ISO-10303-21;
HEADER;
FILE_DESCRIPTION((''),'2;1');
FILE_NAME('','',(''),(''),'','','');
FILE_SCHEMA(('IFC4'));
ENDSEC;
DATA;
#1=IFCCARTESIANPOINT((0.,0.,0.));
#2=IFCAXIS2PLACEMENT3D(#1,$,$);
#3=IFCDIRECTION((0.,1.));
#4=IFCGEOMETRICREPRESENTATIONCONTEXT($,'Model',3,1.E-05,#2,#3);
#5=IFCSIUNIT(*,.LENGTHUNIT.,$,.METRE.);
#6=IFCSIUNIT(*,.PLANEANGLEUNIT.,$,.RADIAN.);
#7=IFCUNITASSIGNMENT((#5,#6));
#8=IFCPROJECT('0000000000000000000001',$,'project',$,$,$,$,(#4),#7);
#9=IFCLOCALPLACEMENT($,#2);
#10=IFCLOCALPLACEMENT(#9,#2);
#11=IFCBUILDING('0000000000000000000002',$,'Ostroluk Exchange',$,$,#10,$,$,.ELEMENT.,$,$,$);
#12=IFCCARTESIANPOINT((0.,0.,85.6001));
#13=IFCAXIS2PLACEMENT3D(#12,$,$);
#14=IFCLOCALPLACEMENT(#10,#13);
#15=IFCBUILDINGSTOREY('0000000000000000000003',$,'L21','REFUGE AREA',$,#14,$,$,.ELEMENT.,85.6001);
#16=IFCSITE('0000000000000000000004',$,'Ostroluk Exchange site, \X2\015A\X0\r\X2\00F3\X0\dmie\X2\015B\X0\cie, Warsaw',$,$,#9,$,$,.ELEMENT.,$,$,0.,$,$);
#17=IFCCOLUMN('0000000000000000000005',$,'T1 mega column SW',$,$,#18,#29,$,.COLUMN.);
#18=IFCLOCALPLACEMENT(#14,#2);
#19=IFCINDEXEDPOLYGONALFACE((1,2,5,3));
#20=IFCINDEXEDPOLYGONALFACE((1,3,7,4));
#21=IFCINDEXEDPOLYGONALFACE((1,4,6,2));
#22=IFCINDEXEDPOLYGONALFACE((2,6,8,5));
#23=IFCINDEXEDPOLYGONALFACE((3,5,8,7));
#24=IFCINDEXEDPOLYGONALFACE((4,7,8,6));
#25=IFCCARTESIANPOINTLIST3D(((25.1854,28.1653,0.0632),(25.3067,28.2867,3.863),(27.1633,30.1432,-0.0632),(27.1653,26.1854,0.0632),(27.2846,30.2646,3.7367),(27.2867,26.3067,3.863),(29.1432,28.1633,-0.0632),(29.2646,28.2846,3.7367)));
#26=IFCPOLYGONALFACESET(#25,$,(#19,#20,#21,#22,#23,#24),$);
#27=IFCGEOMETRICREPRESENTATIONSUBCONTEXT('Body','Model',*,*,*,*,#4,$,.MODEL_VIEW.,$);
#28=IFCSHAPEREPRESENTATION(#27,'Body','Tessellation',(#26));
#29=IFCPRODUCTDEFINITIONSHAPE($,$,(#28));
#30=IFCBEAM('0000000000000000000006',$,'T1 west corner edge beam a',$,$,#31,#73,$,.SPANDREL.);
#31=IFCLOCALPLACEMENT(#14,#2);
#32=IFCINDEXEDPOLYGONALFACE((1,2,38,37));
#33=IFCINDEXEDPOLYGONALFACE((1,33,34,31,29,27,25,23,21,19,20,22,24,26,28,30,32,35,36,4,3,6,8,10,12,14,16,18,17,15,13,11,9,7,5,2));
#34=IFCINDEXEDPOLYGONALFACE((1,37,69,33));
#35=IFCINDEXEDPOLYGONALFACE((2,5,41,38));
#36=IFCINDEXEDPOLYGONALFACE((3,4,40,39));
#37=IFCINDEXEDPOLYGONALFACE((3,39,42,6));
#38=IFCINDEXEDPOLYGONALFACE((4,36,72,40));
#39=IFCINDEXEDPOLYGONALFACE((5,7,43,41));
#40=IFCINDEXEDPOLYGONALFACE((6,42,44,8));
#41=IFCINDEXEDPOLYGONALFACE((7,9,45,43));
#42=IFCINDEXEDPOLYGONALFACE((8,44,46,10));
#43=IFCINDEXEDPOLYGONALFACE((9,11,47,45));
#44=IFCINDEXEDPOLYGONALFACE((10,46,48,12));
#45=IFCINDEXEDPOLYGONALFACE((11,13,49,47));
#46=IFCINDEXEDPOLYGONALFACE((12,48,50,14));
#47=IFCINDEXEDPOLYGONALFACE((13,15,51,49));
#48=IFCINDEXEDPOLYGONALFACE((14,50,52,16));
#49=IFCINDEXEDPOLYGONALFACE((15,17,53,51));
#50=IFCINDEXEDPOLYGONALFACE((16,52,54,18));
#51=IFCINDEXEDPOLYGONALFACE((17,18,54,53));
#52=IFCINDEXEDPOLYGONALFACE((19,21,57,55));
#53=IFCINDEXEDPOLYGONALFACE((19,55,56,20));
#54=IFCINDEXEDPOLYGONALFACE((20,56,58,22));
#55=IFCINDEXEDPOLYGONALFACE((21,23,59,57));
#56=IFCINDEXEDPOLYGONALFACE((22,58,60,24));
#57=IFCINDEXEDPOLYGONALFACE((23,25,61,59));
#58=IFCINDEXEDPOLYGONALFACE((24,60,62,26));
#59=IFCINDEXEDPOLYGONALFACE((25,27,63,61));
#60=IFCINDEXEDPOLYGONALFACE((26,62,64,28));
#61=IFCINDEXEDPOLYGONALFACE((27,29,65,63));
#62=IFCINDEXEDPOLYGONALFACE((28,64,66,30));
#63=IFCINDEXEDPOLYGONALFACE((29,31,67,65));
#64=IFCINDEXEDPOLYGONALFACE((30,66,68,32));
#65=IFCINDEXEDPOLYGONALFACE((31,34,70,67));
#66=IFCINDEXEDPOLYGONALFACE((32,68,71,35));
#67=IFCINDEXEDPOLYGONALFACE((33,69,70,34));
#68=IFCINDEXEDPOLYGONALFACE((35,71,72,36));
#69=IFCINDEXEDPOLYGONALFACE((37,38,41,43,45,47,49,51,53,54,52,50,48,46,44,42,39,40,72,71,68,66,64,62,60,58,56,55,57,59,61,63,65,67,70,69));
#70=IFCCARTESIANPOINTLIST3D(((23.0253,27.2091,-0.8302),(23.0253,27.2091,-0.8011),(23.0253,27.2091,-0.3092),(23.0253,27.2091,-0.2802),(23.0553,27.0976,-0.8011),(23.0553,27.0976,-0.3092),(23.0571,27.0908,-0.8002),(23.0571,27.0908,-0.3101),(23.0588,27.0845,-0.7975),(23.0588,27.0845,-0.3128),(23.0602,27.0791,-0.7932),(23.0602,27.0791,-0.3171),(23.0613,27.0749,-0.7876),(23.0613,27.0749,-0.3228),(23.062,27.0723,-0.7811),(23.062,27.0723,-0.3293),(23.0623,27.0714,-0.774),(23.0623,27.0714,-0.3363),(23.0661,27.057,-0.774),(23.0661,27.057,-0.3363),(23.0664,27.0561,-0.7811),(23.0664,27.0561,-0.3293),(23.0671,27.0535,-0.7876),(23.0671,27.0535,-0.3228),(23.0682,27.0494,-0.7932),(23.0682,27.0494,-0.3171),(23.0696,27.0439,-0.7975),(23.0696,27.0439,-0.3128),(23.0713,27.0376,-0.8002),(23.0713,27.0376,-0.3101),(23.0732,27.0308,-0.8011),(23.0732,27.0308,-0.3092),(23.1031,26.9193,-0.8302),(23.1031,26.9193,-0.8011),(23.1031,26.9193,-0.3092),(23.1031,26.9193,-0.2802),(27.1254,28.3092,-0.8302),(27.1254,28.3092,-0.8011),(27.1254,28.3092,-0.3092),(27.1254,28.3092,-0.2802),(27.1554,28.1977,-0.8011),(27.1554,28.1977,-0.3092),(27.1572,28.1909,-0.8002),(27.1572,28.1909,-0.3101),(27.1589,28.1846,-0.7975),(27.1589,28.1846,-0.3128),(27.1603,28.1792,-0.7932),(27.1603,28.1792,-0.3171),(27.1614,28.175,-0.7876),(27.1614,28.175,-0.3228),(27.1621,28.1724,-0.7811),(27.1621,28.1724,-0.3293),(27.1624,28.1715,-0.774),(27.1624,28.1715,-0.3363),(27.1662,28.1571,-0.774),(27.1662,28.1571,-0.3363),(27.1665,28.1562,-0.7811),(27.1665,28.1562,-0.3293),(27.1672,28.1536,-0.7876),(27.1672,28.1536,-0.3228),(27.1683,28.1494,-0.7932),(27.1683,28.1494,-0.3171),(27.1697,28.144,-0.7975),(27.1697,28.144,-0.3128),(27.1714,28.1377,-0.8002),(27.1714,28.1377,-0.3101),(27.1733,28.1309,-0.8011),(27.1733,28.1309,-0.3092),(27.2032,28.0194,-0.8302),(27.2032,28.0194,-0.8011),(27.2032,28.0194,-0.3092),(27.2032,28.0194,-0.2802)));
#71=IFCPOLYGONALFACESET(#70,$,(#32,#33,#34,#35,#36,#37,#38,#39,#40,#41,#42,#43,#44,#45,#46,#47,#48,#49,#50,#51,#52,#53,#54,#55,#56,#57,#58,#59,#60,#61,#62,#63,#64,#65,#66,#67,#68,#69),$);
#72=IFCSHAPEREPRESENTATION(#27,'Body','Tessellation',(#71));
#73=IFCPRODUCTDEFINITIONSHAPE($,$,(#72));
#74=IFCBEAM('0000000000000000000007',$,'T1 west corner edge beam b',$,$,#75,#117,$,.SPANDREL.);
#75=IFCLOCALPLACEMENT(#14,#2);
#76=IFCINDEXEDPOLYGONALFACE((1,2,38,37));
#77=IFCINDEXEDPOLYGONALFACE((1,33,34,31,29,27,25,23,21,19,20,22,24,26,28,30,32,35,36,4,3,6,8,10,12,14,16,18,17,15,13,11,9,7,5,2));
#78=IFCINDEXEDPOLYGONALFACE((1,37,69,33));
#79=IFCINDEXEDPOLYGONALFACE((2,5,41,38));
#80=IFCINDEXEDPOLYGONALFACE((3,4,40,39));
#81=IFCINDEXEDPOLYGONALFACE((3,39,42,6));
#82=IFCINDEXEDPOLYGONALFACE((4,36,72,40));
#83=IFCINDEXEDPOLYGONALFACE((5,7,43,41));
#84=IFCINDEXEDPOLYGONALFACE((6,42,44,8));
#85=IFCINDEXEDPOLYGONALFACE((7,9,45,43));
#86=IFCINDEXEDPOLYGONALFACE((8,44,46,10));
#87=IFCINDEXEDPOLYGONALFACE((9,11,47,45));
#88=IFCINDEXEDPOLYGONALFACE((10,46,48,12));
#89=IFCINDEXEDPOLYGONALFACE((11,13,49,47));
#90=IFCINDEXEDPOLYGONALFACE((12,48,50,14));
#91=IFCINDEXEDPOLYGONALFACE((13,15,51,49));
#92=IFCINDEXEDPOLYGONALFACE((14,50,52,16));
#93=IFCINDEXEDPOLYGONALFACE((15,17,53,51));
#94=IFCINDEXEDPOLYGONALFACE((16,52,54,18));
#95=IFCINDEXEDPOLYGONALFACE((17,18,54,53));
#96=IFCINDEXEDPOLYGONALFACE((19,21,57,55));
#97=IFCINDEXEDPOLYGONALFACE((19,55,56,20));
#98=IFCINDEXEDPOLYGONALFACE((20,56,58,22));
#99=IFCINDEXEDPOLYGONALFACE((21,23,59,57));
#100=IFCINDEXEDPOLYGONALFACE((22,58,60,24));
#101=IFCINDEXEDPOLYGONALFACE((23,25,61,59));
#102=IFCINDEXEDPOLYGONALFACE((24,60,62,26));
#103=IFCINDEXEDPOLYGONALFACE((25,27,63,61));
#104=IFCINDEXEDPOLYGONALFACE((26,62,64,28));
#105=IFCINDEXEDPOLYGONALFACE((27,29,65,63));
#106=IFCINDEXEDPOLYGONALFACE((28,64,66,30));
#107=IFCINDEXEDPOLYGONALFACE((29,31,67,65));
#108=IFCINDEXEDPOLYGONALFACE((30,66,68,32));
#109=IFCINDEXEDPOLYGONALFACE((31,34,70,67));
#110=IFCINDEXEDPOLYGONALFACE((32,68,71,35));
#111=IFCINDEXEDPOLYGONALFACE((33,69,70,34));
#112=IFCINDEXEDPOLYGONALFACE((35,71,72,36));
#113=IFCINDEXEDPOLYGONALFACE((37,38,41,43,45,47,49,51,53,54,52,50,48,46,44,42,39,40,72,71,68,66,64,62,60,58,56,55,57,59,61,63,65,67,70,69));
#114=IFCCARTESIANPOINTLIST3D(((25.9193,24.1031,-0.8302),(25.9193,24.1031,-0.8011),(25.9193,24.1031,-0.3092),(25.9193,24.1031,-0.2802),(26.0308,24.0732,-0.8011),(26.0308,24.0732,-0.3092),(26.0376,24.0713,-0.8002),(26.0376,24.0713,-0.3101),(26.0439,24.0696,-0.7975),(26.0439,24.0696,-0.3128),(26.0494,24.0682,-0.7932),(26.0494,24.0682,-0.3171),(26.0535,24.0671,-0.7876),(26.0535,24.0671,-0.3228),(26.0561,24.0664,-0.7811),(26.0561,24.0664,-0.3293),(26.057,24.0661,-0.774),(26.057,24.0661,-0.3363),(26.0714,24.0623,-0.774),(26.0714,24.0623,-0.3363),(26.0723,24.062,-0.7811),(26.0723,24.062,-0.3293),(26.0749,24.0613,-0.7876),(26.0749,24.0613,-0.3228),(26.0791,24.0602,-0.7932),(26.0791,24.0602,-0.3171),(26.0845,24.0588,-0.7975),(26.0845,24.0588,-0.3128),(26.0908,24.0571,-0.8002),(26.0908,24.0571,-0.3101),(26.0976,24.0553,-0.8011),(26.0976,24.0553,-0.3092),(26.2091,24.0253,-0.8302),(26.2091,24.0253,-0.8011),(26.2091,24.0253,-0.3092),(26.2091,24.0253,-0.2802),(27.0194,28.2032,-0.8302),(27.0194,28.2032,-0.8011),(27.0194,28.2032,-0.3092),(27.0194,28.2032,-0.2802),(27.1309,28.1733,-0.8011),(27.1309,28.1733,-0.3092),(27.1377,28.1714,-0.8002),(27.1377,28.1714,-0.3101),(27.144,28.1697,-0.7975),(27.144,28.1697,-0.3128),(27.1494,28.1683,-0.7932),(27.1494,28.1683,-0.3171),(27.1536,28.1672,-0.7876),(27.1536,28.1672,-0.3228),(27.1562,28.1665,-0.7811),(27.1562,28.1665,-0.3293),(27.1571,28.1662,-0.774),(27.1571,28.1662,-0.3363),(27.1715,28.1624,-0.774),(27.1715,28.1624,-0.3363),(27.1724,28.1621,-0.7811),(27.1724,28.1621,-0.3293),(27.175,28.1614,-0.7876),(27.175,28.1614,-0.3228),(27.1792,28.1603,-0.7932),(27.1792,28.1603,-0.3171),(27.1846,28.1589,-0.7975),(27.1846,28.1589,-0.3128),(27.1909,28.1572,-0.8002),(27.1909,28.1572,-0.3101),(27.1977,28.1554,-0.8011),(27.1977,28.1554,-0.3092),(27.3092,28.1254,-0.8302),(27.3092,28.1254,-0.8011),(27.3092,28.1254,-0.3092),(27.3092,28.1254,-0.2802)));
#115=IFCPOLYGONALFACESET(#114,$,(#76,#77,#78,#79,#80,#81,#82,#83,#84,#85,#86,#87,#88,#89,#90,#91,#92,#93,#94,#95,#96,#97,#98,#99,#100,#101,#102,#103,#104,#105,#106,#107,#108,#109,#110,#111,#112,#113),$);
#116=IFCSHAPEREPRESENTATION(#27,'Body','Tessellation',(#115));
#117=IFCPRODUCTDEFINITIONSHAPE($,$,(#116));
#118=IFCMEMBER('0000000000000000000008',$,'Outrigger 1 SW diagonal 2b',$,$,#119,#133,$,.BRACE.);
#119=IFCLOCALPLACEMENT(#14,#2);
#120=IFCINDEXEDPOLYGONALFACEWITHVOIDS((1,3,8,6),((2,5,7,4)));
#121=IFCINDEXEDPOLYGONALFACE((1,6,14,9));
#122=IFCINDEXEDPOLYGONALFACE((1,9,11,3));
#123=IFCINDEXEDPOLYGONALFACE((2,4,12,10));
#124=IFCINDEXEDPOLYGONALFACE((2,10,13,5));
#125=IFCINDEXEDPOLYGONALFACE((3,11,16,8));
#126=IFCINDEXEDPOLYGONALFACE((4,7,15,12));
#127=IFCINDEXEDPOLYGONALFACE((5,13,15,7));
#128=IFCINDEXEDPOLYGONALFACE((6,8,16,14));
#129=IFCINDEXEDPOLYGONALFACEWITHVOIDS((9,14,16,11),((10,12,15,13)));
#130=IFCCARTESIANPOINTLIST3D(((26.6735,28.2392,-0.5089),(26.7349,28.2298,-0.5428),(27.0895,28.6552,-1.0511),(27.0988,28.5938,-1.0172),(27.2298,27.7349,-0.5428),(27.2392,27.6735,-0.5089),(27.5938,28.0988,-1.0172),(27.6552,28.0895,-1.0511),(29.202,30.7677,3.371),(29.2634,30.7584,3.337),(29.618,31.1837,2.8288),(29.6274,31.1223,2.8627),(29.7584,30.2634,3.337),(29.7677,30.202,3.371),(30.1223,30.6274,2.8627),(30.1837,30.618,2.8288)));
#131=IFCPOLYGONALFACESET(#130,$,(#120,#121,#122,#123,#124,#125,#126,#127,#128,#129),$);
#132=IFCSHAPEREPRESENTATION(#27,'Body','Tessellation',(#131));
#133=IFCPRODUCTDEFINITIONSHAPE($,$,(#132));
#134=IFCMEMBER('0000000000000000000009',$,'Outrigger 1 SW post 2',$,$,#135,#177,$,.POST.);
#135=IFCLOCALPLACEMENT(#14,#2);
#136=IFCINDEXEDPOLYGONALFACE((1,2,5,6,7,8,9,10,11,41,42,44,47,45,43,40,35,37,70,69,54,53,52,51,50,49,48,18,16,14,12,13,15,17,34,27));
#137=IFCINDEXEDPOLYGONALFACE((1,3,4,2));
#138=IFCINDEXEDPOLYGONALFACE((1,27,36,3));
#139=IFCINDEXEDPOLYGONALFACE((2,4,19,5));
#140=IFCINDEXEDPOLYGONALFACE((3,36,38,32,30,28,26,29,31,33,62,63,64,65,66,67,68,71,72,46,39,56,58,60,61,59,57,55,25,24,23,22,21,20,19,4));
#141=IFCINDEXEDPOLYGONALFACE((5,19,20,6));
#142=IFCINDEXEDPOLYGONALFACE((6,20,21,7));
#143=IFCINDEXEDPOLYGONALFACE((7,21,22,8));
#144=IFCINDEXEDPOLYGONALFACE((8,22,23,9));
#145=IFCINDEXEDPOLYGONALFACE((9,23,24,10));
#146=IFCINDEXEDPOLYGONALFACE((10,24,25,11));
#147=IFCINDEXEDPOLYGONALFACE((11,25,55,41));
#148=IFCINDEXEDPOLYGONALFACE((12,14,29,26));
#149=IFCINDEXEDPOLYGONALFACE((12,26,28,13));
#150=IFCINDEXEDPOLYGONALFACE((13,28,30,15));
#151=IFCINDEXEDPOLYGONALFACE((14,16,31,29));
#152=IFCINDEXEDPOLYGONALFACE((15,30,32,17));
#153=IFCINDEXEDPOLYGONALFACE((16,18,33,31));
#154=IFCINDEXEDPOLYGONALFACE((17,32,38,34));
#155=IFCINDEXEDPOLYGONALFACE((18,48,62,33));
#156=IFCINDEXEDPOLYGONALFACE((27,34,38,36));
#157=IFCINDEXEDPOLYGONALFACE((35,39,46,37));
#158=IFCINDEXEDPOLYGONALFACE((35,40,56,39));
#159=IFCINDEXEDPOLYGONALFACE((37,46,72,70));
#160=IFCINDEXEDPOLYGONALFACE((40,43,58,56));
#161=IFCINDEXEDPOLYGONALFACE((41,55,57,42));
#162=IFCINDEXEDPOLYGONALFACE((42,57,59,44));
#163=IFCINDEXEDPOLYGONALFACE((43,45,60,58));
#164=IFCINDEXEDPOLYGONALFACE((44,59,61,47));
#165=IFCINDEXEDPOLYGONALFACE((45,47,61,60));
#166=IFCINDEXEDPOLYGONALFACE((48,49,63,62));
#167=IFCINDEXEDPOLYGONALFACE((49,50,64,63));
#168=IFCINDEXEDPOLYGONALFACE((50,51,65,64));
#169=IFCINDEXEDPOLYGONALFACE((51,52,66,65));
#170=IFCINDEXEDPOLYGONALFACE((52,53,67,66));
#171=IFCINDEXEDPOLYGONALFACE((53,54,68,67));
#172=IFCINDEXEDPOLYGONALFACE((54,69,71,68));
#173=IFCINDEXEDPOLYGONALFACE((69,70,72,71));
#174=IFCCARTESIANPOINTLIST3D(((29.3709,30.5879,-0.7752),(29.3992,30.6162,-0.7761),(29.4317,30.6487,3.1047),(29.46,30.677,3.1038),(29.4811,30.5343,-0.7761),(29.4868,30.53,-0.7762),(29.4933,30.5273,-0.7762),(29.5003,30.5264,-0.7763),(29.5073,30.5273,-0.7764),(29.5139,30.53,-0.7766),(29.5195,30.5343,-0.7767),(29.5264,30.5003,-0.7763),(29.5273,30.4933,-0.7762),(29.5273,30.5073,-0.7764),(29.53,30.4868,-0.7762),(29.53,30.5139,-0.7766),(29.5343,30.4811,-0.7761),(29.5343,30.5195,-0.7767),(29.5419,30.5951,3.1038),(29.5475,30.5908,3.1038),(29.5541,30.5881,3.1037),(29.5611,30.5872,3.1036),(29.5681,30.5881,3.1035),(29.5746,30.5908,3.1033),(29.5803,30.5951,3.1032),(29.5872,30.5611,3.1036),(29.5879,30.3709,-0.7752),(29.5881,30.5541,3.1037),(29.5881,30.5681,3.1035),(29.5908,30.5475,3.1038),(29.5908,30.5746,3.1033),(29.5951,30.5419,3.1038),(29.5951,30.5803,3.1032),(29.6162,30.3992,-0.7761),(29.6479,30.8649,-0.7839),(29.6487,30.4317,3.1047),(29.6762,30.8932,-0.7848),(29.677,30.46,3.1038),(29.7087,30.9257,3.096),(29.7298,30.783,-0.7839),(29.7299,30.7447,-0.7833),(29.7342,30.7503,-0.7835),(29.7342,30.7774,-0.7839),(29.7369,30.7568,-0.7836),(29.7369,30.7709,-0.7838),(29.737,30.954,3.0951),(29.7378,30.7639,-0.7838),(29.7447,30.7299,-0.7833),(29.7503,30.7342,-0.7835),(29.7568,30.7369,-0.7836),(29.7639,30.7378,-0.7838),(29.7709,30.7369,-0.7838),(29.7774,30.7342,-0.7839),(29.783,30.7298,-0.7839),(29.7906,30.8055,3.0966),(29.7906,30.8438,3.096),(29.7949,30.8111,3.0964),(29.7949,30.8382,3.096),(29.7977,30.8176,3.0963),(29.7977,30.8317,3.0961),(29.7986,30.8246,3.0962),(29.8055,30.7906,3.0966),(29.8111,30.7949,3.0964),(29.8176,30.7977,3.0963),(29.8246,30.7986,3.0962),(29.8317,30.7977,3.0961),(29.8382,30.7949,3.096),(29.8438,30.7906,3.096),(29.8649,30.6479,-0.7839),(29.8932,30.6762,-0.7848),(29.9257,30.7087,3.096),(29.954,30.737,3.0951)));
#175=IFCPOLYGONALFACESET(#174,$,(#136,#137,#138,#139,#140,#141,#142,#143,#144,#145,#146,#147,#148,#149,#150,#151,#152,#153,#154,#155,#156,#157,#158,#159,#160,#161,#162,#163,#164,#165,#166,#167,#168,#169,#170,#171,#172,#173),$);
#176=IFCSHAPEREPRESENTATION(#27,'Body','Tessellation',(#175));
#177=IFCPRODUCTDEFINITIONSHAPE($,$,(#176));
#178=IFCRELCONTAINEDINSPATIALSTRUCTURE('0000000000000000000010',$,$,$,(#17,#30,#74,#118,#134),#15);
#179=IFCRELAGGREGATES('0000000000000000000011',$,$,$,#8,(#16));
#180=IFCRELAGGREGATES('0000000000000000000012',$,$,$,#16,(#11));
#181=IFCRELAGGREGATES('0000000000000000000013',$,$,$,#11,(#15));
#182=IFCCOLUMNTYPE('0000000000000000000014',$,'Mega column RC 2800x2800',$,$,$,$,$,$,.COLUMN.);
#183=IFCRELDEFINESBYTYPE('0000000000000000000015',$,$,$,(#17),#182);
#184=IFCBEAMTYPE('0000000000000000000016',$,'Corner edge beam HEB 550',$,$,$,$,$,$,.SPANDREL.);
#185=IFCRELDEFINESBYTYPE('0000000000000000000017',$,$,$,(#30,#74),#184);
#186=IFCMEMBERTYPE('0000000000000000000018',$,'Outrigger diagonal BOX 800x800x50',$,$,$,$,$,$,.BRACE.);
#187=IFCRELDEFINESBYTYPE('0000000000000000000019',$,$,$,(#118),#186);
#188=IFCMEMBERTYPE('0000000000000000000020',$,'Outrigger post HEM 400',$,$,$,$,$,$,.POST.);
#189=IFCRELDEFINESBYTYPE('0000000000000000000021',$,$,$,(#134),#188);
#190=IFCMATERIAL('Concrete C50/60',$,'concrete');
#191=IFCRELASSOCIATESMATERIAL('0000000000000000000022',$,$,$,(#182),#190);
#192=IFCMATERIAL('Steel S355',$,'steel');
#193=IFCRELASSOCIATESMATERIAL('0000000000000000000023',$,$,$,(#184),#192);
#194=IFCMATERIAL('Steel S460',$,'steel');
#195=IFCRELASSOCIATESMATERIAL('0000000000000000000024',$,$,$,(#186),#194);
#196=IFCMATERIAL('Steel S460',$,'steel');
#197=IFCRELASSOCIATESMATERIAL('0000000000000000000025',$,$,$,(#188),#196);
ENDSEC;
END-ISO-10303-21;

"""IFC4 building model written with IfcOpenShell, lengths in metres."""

from ifc_helpers import new_model, si_unit, direction, frame, origin, origin_2d, place, context, subcontext, project, spatial, rectangle, hollow_rectangle, i_section, extrude, material, material_profile, profile_set, type_object, element, save


model = new_model("IFC4")

# Units and contexts
model_context = context("Model", 3, precision=1e-05, world=origin(), true_north=direction((0.0, 1.0)))
body_context = subcontext(model_context, "Body", "Model", "MODEL_VIEW")
ifc_project = project(units=[si_unit("LENGTHUNIT", "METRE"), si_unit("PLANEANGLEUNIT", "RADIAN")], contexts=[model_context])

# Site, building, storey
site_placement = place(None, origin())
site = spatial("IfcSite", under=ifc_project, at=site_placement, Name="Ostroluk Exchange site, Śródmieście, Warsaw", CompositionType="ELEMENT", RefElevation=0.0)
building_placement = place(site_placement, origin())
building = spatial("IfcBuilding", under=site, at=building_placement, Name="Ostroluk Exchange", CompositionType="ELEMENT")
storey_placement = place(building_placement, frame((0.0, 0.0, 85.6001)))
storey = spatial("IfcBuildingStorey", under=building, at=storey_placement, Name="L21", Description="REFUGE AREA", CompositionType="ELEMENT", Elevation=85.6001)

# Column
ifc_material_1 = material(Name="Concrete C50/60", Category="concrete")
ifc_material_profile_1 = material_profile(ifc_material_1, rectangle(XDim=2.8, YDim=2.8, at=origin_2d()), Name="RC 2800x2800")
ifc_profile_set_1 = profile_set([ifc_material_profile_1], Name="Concrete C50/60")
column_type = type_object("IfcColumnType", Name="Mega column RC 2800x2800", PredefinedType="COLUMN", material=ifc_profile_set_1)
column_placement = place(storey_placement, frame((27.1643, 28.1643, 0.0), z_axis=(0.0319, 0.0319, 0.998982), x_axis=(-0.707107, 0.707107, 0.0)))
element("IfcColumn", 1, at=column_placement, inside=storey, type_object=column_type, Name="T1 mega column SW", PredefinedType="COLUMN", context=body_context, shape_type="SweptSolid", body=[
    extrude(rectangle(XDim=2.8, YDim=2.8, at=origin_2d()), origin(), (0.0, 0.0, 1.0), 3.8037),
])

# Beams
ifc_material_2 = material(Name="Steel S355", Category="steel")
ifc_material_profile_2 = material_profile(ifc_material_2, i_section(OverallWidth=0.3, OverallDepth=0.55, WebThickness=0.0149, FlangeThickness=0.0291, FilletRadius=0.0271, at=origin_2d()), Name="HEB 550")
ifc_profile_set_2 = profile_set([ifc_material_profile_2], Name="Steel S355")
beam_type = type_object("IfcBeamType", Name="Corner edge beam HEB 550", PredefinedType="SPANDREL", material=ifc_profile_set_2)
for number, where, z_axis, x_axis, name in (
    (2, (27.1643, 28.1643, -0.5552), (-0.965839, -0.259144, 0.0), (0.259144, -0.965839, 0.0), "T1 west corner edge beam a"),
    (3, (27.1643, 28.1643, -0.5552), (-0.259144, -0.965839, 0.0), (0.965839, -0.259144, 0.0), "T1 west corner edge beam b"),
):
    element("IfcBeam", number, at=place(storey_placement, frame(where, z_axis=z_axis, x_axis=x_axis)), inside=storey, type_object=beam_type, Name=name, PredefinedType="SPANDREL", context=body_context, shape_type="SweptSolid", body=[
        extrude(i_section(OverallWidth=0.3, OverallDepth=0.55, WebThickness=0.0149, FlangeThickness=0.0291, FilletRadius=0.0271, at=origin_2d()), origin(), (0.0, 0.0, 1.0), 4.2451),
    ])

# Members
ifc_material_3 = material(Name="Steel S460", Category="steel")
ifc_material_profile_3 = material_profile(ifc_material_3, hollow_rectangle(XDim=0.8, YDim=0.8, WallThickness=0.05, at=origin_2d()), Name="BOX 800x800x50")
ifc_profile_set_3 = profile_set([ifc_material_profile_3], Name="Steel S460")
member_type_1 = type_object("IfcMemberType", Name="Outrigger diagonal BOX 800x800x50", PredefinedType="BRACE", material=ifc_profile_set_3)
member_1_placement = place(storey_placement, frame((29.6929, 30.6929, 3.0999), z_axis=(-0.479218, -0.479218, -0.735323), x_axis=(0.707107, -0.707107, 0.0)))
element("IfcMember", 4, at=member_1_placement, inside=storey, type_object=member_type_1, Name="Outrigger 1 SW diagonal 2b", PredefinedType="BRACE", context=body_context, shape_type="SweptSolid", body=[
    extrude(hollow_rectangle(XDim=0.8, YDim=0.8, WallThickness=0.05, at=origin_2d()), origin(), (0.0, 0.0, 1.0), 5.2764),
])
ifc_material_4 = material(Name="Steel S460", Category="steel")
ifc_material_profile_4 = material_profile(ifc_material_4, i_section(OverallWidth=0.3069, OverallDepth=0.4319, WebThickness=0.021, FlangeThickness=0.04, FilletRadius=0.0271, at=origin_2d()), Name="HEM 400")
ifc_profile_set_4 = profile_set([ifc_material_profile_4], Name="Steel S460")
member_type_2 = type_object("IfcMemberType", Name="Outrigger post HEM 400", PredefinedType="POST", material=ifc_profile_set_4)
member_2_placement = place(storey_placement, frame((29.6321, 30.6321, -0.78), z_axis=(0.015664, 0.015664, 0.999755), x_axis=(-0.707107, 0.707107, 0.0)))
element("IfcMember", 5, at=member_2_placement, inside=storey, type_object=member_type_2, Name="Outrigger 1 SW post 2", PredefinedType="POST", context=body_context, shape_type="SweptSolid", body=[
    extrude(i_section(OverallWidth=0.3069, OverallDepth=0.4319, WebThickness=0.021, FlangeThickness=0.04, FilletRadius=0.0271, at=origin_2d()), origin(), (0.0, 0.0, 1.0), 3.8809),
])

save(model, "model.ifc")
